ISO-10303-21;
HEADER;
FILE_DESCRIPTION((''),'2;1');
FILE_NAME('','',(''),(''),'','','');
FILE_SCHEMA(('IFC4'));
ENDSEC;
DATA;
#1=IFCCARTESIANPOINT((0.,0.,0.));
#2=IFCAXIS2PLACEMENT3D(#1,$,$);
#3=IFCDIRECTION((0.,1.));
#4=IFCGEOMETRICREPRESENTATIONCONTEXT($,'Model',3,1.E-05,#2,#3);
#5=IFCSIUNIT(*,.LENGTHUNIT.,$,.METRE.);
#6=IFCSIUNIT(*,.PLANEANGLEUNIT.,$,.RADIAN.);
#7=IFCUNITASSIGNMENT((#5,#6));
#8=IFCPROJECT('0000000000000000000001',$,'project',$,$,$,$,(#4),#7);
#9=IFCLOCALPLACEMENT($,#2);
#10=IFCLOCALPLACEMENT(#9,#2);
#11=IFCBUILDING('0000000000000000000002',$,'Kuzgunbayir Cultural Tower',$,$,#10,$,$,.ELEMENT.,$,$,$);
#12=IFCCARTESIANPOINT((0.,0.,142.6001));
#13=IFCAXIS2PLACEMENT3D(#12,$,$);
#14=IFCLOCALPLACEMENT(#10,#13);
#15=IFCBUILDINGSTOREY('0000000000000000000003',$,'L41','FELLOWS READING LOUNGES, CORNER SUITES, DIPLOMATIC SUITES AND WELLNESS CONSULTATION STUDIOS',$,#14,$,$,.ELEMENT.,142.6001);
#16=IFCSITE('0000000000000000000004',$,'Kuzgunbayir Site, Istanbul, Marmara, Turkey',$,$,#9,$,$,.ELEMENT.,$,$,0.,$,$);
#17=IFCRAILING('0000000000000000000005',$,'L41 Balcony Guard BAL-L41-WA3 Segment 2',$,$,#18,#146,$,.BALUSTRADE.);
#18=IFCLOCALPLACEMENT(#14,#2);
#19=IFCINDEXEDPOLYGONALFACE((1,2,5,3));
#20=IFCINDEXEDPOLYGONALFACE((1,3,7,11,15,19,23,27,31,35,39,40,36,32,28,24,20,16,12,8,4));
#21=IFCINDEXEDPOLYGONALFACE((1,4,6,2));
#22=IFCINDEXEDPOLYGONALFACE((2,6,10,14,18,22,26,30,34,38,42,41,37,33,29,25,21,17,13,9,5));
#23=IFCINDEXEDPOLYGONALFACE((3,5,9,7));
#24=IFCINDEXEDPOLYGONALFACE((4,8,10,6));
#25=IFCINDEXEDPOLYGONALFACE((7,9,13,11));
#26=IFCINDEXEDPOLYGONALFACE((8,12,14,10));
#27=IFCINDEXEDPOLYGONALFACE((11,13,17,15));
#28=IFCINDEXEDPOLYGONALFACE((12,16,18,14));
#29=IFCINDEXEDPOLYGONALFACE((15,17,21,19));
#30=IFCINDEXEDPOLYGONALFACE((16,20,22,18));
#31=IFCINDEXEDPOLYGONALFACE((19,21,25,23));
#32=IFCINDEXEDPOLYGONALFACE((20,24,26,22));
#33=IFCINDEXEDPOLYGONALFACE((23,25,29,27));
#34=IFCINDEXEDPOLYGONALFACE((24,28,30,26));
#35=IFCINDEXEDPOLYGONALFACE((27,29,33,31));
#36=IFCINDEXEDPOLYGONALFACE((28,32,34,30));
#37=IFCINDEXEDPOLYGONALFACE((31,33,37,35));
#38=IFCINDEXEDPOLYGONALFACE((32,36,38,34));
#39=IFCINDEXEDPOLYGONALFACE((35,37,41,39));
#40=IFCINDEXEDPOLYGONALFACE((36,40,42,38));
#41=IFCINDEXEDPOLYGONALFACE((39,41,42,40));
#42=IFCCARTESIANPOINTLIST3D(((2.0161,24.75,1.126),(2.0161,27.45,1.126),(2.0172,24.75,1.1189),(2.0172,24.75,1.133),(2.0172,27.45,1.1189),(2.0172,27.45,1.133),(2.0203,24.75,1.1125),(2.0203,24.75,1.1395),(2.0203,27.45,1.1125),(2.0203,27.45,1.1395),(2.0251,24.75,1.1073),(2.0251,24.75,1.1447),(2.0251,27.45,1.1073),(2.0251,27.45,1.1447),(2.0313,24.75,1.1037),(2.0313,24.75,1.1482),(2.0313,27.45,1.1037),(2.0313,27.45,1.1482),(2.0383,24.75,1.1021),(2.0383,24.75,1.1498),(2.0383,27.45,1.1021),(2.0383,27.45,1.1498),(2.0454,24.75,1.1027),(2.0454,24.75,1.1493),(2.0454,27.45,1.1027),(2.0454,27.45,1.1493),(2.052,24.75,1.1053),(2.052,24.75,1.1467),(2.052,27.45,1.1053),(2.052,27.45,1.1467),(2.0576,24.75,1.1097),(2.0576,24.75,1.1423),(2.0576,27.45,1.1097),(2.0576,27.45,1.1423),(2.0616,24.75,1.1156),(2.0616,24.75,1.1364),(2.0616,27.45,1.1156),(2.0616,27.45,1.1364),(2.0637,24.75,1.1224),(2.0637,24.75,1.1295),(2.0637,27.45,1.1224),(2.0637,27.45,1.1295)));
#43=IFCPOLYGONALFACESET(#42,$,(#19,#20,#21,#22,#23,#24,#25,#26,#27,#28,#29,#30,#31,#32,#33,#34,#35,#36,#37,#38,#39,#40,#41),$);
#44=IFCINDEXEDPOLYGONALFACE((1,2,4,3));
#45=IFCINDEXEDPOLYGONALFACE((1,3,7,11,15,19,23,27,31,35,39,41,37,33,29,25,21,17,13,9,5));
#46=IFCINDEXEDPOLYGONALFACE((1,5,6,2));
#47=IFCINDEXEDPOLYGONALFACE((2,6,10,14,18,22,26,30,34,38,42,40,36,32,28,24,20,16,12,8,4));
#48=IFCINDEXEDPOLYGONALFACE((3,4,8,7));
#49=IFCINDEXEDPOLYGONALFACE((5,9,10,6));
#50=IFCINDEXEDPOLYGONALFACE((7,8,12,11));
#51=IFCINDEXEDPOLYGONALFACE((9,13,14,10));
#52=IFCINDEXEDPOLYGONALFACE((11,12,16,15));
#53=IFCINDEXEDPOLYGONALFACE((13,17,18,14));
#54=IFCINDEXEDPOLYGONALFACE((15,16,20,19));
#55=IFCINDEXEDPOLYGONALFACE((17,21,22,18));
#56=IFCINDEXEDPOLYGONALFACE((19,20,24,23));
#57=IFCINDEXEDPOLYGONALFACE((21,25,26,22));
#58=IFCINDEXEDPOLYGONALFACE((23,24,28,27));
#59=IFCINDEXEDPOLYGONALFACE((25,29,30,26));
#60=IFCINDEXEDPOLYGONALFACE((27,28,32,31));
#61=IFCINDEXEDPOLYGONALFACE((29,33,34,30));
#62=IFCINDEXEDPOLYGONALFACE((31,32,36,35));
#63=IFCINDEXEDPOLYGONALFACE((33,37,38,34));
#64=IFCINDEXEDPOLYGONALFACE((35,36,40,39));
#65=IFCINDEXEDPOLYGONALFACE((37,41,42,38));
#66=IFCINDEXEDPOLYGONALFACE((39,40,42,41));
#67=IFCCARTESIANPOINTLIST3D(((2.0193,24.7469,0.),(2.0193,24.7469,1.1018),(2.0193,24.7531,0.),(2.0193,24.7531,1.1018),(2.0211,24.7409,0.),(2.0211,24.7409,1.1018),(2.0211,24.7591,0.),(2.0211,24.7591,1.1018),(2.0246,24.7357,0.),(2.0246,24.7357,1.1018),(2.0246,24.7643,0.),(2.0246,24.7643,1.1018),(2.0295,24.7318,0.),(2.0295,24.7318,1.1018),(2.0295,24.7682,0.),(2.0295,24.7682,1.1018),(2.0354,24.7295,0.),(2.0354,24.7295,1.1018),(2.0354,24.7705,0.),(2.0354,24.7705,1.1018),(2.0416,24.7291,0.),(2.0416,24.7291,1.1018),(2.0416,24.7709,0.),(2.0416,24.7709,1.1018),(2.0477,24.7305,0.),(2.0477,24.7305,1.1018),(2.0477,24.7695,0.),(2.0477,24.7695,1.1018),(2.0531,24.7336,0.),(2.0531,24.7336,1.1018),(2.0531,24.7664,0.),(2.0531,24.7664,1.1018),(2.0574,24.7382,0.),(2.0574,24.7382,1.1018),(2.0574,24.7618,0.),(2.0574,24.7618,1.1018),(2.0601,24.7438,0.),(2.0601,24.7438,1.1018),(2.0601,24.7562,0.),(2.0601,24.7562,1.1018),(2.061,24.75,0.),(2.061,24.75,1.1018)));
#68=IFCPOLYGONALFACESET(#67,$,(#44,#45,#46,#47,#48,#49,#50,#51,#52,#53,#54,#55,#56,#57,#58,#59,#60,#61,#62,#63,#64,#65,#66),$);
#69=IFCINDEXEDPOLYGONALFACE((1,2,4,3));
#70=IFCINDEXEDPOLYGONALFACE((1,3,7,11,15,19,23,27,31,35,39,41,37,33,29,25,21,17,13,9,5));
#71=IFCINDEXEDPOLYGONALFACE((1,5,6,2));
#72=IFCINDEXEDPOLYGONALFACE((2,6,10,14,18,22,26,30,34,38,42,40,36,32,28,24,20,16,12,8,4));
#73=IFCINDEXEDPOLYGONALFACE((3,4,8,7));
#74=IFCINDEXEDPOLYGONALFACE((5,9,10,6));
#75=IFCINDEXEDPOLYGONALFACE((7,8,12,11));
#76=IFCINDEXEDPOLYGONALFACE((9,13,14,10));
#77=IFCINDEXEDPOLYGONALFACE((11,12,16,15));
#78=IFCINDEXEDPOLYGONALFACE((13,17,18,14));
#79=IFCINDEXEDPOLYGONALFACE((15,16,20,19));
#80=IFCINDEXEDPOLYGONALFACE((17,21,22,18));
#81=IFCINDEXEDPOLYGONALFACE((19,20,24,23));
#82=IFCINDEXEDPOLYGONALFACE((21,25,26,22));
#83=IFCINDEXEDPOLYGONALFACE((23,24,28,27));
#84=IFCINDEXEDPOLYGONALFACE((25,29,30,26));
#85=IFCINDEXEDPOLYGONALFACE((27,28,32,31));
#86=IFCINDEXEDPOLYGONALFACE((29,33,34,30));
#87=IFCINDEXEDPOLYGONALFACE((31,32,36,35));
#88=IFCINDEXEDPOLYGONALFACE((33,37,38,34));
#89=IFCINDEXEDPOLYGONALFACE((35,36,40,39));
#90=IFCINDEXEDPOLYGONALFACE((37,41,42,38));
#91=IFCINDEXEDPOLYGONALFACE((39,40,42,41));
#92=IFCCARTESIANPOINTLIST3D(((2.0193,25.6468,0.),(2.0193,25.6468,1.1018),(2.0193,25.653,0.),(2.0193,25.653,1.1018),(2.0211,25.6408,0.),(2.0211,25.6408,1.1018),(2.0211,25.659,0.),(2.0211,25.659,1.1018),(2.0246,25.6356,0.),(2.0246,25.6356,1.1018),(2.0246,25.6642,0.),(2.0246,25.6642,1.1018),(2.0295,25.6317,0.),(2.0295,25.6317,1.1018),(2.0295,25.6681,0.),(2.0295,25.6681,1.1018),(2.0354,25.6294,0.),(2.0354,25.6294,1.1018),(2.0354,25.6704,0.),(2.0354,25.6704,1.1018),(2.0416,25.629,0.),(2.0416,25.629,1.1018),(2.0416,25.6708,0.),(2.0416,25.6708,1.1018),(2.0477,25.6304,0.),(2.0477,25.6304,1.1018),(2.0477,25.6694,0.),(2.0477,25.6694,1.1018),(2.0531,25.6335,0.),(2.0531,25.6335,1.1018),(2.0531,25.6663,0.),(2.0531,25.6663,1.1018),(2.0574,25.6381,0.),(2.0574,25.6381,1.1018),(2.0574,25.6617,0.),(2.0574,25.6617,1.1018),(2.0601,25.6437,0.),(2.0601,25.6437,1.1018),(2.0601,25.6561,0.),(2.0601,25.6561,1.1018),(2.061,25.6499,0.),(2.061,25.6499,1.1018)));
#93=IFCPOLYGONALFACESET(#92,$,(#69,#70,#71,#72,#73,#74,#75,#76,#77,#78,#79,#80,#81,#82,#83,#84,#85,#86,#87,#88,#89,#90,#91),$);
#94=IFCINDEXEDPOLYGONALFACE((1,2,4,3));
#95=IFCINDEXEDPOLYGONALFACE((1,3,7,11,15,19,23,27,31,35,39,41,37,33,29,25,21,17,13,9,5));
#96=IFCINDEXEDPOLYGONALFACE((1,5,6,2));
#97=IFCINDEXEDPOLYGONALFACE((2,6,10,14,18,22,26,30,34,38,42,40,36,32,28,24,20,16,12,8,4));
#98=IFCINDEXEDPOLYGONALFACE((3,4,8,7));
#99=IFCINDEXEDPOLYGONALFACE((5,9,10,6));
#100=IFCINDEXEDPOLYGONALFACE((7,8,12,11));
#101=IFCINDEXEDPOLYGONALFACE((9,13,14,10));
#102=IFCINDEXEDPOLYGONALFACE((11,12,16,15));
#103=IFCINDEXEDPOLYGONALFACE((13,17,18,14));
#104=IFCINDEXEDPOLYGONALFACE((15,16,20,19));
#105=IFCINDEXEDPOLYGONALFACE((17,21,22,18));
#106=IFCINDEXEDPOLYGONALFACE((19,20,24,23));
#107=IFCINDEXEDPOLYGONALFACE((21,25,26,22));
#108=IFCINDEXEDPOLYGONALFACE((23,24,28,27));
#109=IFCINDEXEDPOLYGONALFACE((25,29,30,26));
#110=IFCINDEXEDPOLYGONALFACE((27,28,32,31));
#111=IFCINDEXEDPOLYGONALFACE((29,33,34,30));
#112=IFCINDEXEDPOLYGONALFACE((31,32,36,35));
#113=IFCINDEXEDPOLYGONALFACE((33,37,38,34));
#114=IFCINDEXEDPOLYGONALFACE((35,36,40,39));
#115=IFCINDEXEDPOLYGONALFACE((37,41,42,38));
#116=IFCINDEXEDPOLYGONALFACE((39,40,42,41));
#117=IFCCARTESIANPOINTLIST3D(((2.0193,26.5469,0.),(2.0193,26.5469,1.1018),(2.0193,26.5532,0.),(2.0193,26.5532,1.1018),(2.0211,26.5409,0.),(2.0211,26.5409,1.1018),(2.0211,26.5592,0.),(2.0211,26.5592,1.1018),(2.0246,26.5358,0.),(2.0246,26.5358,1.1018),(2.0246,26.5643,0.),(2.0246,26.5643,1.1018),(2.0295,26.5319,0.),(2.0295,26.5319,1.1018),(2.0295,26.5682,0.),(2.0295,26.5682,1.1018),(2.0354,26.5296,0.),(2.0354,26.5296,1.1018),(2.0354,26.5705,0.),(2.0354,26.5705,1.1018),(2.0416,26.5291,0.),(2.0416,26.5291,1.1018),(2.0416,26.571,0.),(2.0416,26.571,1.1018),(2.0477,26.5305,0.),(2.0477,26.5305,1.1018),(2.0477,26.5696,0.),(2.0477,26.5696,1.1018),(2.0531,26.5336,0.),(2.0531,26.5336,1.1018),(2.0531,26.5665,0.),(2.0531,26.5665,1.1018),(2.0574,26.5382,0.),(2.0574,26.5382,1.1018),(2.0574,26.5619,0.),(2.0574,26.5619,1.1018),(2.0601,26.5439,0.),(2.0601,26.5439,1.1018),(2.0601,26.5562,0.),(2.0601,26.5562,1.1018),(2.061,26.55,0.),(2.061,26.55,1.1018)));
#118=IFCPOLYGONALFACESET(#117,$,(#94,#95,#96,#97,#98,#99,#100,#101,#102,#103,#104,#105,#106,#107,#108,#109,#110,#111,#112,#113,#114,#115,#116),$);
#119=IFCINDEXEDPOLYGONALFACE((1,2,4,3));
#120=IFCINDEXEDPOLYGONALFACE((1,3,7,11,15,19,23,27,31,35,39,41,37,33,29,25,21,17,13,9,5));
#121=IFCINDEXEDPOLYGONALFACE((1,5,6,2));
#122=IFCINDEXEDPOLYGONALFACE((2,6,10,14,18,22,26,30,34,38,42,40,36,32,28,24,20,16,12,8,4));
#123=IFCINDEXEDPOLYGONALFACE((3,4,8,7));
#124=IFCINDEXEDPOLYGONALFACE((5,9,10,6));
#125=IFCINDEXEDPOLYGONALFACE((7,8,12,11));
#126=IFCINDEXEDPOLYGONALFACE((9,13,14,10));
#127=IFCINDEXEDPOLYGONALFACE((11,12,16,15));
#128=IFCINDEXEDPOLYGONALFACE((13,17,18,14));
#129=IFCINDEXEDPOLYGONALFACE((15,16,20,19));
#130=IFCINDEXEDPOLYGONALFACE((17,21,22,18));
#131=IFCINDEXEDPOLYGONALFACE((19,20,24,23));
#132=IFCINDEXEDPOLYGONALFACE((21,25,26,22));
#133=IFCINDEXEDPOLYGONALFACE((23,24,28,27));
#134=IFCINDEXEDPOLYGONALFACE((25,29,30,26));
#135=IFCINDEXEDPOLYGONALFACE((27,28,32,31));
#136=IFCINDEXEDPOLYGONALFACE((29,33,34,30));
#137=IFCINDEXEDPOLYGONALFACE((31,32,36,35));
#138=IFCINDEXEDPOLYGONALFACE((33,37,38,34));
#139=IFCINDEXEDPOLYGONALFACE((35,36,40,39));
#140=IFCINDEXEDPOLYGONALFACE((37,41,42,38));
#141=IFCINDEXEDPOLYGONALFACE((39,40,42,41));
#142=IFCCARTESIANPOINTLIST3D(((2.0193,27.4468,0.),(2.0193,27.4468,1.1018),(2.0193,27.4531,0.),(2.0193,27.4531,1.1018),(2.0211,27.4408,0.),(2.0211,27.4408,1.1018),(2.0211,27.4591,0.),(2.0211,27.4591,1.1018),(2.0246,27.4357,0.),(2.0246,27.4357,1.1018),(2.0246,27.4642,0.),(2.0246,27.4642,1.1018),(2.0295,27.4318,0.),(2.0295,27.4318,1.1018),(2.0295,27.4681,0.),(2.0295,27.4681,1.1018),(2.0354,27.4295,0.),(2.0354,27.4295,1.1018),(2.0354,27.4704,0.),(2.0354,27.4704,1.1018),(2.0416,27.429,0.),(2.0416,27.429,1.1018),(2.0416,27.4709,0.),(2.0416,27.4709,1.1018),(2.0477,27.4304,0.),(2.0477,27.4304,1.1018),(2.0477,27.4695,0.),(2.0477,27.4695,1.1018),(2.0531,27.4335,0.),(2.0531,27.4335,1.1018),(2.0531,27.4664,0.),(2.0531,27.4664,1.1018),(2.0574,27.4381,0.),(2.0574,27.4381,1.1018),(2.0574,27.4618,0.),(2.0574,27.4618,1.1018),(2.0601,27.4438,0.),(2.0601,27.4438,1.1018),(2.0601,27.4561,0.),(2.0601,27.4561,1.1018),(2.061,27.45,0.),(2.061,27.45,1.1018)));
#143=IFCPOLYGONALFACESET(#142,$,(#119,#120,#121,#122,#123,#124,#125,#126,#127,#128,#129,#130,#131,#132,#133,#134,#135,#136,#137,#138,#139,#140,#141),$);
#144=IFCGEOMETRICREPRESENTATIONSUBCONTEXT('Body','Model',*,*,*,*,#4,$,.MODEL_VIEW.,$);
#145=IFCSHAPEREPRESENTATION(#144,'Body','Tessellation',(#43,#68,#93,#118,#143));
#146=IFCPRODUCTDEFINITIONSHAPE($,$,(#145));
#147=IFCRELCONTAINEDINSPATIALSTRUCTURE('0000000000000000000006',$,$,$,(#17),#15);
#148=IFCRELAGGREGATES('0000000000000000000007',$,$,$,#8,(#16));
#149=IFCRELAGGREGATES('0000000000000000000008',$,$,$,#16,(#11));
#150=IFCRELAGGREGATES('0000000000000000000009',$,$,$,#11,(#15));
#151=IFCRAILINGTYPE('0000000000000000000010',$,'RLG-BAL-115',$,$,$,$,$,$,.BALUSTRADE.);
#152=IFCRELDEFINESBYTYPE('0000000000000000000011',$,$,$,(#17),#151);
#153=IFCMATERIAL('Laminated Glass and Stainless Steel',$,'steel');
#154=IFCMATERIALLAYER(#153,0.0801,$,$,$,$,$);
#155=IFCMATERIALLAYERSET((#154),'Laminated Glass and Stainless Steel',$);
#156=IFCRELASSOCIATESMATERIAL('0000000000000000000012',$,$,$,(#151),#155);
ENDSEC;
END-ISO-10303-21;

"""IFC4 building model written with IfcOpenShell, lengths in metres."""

from ifc_helpers import new_model, si_unit, direction, frame, origin, origin_2d, place, context, subcontext, project, spatial, circle, extrude, material, layer, layer_set, type_object, element, save


model = new_model("IFC4")

# Units and contexts
model_context = context("Model", 3, precision=1e-05, world=origin(), true_north=direction((0.0, 1.0)))
body_context = subcontext(model_context, "Body", "Model", "MODEL_VIEW")
ifc_project = project(units=[si_unit("LENGTHUNIT", "METRE"), si_unit("PLANEANGLEUNIT", "RADIAN")], contexts=[model_context])

# Site, building, storey
site_placement = place(None, origin())
site = spatial("IfcSite", under=ifc_project, at=site_placement, Name="Kuzgunbayir Site, Istanbul, Marmara, Turkey", CompositionType="ELEMENT", RefElevation=0.0)
building_placement = place(site_placement, origin())
building = spatial("IfcBuilding", under=site, at=building_placement, Name="Kuzgunbayir Cultural Tower", CompositionType="ELEMENT")
storey_placement = place(building_placement, frame((0.0, 0.0, 142.6001)))
storey = spatial("IfcBuildingStorey", under=building, at=storey_placement, Name="L41", Description="FELLOWS READING LOUNGES, CORNER SUITES, DIPLOMATIC SUITES AND WELLNESS CONSULTATION STUDIOS", CompositionType="ELEMENT", Elevation=142.6001)

# Railing
ifc_material_1 = material(Name="Laminated Glass and Stainless Steel", Category="steel")
ifc_layer_1 = layer(ifc_material_1, 0.0801)
ifc_layer_set_1 = layer_set([ifc_layer_1], Name="Laminated Glass and Stainless Steel")
railing_type = type_object("IfcRailingType", Name="RLG-BAL-115", PredefinedType="BALUSTRADE", material=ifc_layer_set_1)
railing_1_placement = place(storey_placement, frame((2.04, 24.75, 0.0)))
element("IfcRailing", 1, at=railing_1_placement, inside=storey, type_object=railing_type, Name="L41 Balcony Guard BAL-L41-WA3 Segment 2", PredefinedType="BALUSTRADE", context=body_context, shape_type="SweptSolid", body=[
    extrude(circle(Radius=0.0239, at=origin_2d()), frame((0.0, 0.0, 1.126), z_axis=(0.0, 1.0, 0.0), x_axis=(-1.0, 0.0, 0.0)), (0.0, 0.0, 1.0), 2.7),
    extrude(circle(Radius=0.021, at=origin_2d()), origin(), (0.0, 0.0, 1.0), 1.1018),
    extrude(circle(Radius=0.021, at=origin_2d()), frame((0.0, 0.8999, 0.0)), (0.0, 0.0, 1.0), 1.1018),
    extrude(circle(Radius=0.021, at=origin_2d()), frame((0.0, 1.8, 0.0)), (0.0, 0.0, 1.0), 1.1018),
    extrude(circle(Radius=0.021, at=origin_2d()), frame((0.0, 2.7, 0.0)), (0.0, 0.0, 1.0), 1.1018),
])

save(model, "model.ifc")
